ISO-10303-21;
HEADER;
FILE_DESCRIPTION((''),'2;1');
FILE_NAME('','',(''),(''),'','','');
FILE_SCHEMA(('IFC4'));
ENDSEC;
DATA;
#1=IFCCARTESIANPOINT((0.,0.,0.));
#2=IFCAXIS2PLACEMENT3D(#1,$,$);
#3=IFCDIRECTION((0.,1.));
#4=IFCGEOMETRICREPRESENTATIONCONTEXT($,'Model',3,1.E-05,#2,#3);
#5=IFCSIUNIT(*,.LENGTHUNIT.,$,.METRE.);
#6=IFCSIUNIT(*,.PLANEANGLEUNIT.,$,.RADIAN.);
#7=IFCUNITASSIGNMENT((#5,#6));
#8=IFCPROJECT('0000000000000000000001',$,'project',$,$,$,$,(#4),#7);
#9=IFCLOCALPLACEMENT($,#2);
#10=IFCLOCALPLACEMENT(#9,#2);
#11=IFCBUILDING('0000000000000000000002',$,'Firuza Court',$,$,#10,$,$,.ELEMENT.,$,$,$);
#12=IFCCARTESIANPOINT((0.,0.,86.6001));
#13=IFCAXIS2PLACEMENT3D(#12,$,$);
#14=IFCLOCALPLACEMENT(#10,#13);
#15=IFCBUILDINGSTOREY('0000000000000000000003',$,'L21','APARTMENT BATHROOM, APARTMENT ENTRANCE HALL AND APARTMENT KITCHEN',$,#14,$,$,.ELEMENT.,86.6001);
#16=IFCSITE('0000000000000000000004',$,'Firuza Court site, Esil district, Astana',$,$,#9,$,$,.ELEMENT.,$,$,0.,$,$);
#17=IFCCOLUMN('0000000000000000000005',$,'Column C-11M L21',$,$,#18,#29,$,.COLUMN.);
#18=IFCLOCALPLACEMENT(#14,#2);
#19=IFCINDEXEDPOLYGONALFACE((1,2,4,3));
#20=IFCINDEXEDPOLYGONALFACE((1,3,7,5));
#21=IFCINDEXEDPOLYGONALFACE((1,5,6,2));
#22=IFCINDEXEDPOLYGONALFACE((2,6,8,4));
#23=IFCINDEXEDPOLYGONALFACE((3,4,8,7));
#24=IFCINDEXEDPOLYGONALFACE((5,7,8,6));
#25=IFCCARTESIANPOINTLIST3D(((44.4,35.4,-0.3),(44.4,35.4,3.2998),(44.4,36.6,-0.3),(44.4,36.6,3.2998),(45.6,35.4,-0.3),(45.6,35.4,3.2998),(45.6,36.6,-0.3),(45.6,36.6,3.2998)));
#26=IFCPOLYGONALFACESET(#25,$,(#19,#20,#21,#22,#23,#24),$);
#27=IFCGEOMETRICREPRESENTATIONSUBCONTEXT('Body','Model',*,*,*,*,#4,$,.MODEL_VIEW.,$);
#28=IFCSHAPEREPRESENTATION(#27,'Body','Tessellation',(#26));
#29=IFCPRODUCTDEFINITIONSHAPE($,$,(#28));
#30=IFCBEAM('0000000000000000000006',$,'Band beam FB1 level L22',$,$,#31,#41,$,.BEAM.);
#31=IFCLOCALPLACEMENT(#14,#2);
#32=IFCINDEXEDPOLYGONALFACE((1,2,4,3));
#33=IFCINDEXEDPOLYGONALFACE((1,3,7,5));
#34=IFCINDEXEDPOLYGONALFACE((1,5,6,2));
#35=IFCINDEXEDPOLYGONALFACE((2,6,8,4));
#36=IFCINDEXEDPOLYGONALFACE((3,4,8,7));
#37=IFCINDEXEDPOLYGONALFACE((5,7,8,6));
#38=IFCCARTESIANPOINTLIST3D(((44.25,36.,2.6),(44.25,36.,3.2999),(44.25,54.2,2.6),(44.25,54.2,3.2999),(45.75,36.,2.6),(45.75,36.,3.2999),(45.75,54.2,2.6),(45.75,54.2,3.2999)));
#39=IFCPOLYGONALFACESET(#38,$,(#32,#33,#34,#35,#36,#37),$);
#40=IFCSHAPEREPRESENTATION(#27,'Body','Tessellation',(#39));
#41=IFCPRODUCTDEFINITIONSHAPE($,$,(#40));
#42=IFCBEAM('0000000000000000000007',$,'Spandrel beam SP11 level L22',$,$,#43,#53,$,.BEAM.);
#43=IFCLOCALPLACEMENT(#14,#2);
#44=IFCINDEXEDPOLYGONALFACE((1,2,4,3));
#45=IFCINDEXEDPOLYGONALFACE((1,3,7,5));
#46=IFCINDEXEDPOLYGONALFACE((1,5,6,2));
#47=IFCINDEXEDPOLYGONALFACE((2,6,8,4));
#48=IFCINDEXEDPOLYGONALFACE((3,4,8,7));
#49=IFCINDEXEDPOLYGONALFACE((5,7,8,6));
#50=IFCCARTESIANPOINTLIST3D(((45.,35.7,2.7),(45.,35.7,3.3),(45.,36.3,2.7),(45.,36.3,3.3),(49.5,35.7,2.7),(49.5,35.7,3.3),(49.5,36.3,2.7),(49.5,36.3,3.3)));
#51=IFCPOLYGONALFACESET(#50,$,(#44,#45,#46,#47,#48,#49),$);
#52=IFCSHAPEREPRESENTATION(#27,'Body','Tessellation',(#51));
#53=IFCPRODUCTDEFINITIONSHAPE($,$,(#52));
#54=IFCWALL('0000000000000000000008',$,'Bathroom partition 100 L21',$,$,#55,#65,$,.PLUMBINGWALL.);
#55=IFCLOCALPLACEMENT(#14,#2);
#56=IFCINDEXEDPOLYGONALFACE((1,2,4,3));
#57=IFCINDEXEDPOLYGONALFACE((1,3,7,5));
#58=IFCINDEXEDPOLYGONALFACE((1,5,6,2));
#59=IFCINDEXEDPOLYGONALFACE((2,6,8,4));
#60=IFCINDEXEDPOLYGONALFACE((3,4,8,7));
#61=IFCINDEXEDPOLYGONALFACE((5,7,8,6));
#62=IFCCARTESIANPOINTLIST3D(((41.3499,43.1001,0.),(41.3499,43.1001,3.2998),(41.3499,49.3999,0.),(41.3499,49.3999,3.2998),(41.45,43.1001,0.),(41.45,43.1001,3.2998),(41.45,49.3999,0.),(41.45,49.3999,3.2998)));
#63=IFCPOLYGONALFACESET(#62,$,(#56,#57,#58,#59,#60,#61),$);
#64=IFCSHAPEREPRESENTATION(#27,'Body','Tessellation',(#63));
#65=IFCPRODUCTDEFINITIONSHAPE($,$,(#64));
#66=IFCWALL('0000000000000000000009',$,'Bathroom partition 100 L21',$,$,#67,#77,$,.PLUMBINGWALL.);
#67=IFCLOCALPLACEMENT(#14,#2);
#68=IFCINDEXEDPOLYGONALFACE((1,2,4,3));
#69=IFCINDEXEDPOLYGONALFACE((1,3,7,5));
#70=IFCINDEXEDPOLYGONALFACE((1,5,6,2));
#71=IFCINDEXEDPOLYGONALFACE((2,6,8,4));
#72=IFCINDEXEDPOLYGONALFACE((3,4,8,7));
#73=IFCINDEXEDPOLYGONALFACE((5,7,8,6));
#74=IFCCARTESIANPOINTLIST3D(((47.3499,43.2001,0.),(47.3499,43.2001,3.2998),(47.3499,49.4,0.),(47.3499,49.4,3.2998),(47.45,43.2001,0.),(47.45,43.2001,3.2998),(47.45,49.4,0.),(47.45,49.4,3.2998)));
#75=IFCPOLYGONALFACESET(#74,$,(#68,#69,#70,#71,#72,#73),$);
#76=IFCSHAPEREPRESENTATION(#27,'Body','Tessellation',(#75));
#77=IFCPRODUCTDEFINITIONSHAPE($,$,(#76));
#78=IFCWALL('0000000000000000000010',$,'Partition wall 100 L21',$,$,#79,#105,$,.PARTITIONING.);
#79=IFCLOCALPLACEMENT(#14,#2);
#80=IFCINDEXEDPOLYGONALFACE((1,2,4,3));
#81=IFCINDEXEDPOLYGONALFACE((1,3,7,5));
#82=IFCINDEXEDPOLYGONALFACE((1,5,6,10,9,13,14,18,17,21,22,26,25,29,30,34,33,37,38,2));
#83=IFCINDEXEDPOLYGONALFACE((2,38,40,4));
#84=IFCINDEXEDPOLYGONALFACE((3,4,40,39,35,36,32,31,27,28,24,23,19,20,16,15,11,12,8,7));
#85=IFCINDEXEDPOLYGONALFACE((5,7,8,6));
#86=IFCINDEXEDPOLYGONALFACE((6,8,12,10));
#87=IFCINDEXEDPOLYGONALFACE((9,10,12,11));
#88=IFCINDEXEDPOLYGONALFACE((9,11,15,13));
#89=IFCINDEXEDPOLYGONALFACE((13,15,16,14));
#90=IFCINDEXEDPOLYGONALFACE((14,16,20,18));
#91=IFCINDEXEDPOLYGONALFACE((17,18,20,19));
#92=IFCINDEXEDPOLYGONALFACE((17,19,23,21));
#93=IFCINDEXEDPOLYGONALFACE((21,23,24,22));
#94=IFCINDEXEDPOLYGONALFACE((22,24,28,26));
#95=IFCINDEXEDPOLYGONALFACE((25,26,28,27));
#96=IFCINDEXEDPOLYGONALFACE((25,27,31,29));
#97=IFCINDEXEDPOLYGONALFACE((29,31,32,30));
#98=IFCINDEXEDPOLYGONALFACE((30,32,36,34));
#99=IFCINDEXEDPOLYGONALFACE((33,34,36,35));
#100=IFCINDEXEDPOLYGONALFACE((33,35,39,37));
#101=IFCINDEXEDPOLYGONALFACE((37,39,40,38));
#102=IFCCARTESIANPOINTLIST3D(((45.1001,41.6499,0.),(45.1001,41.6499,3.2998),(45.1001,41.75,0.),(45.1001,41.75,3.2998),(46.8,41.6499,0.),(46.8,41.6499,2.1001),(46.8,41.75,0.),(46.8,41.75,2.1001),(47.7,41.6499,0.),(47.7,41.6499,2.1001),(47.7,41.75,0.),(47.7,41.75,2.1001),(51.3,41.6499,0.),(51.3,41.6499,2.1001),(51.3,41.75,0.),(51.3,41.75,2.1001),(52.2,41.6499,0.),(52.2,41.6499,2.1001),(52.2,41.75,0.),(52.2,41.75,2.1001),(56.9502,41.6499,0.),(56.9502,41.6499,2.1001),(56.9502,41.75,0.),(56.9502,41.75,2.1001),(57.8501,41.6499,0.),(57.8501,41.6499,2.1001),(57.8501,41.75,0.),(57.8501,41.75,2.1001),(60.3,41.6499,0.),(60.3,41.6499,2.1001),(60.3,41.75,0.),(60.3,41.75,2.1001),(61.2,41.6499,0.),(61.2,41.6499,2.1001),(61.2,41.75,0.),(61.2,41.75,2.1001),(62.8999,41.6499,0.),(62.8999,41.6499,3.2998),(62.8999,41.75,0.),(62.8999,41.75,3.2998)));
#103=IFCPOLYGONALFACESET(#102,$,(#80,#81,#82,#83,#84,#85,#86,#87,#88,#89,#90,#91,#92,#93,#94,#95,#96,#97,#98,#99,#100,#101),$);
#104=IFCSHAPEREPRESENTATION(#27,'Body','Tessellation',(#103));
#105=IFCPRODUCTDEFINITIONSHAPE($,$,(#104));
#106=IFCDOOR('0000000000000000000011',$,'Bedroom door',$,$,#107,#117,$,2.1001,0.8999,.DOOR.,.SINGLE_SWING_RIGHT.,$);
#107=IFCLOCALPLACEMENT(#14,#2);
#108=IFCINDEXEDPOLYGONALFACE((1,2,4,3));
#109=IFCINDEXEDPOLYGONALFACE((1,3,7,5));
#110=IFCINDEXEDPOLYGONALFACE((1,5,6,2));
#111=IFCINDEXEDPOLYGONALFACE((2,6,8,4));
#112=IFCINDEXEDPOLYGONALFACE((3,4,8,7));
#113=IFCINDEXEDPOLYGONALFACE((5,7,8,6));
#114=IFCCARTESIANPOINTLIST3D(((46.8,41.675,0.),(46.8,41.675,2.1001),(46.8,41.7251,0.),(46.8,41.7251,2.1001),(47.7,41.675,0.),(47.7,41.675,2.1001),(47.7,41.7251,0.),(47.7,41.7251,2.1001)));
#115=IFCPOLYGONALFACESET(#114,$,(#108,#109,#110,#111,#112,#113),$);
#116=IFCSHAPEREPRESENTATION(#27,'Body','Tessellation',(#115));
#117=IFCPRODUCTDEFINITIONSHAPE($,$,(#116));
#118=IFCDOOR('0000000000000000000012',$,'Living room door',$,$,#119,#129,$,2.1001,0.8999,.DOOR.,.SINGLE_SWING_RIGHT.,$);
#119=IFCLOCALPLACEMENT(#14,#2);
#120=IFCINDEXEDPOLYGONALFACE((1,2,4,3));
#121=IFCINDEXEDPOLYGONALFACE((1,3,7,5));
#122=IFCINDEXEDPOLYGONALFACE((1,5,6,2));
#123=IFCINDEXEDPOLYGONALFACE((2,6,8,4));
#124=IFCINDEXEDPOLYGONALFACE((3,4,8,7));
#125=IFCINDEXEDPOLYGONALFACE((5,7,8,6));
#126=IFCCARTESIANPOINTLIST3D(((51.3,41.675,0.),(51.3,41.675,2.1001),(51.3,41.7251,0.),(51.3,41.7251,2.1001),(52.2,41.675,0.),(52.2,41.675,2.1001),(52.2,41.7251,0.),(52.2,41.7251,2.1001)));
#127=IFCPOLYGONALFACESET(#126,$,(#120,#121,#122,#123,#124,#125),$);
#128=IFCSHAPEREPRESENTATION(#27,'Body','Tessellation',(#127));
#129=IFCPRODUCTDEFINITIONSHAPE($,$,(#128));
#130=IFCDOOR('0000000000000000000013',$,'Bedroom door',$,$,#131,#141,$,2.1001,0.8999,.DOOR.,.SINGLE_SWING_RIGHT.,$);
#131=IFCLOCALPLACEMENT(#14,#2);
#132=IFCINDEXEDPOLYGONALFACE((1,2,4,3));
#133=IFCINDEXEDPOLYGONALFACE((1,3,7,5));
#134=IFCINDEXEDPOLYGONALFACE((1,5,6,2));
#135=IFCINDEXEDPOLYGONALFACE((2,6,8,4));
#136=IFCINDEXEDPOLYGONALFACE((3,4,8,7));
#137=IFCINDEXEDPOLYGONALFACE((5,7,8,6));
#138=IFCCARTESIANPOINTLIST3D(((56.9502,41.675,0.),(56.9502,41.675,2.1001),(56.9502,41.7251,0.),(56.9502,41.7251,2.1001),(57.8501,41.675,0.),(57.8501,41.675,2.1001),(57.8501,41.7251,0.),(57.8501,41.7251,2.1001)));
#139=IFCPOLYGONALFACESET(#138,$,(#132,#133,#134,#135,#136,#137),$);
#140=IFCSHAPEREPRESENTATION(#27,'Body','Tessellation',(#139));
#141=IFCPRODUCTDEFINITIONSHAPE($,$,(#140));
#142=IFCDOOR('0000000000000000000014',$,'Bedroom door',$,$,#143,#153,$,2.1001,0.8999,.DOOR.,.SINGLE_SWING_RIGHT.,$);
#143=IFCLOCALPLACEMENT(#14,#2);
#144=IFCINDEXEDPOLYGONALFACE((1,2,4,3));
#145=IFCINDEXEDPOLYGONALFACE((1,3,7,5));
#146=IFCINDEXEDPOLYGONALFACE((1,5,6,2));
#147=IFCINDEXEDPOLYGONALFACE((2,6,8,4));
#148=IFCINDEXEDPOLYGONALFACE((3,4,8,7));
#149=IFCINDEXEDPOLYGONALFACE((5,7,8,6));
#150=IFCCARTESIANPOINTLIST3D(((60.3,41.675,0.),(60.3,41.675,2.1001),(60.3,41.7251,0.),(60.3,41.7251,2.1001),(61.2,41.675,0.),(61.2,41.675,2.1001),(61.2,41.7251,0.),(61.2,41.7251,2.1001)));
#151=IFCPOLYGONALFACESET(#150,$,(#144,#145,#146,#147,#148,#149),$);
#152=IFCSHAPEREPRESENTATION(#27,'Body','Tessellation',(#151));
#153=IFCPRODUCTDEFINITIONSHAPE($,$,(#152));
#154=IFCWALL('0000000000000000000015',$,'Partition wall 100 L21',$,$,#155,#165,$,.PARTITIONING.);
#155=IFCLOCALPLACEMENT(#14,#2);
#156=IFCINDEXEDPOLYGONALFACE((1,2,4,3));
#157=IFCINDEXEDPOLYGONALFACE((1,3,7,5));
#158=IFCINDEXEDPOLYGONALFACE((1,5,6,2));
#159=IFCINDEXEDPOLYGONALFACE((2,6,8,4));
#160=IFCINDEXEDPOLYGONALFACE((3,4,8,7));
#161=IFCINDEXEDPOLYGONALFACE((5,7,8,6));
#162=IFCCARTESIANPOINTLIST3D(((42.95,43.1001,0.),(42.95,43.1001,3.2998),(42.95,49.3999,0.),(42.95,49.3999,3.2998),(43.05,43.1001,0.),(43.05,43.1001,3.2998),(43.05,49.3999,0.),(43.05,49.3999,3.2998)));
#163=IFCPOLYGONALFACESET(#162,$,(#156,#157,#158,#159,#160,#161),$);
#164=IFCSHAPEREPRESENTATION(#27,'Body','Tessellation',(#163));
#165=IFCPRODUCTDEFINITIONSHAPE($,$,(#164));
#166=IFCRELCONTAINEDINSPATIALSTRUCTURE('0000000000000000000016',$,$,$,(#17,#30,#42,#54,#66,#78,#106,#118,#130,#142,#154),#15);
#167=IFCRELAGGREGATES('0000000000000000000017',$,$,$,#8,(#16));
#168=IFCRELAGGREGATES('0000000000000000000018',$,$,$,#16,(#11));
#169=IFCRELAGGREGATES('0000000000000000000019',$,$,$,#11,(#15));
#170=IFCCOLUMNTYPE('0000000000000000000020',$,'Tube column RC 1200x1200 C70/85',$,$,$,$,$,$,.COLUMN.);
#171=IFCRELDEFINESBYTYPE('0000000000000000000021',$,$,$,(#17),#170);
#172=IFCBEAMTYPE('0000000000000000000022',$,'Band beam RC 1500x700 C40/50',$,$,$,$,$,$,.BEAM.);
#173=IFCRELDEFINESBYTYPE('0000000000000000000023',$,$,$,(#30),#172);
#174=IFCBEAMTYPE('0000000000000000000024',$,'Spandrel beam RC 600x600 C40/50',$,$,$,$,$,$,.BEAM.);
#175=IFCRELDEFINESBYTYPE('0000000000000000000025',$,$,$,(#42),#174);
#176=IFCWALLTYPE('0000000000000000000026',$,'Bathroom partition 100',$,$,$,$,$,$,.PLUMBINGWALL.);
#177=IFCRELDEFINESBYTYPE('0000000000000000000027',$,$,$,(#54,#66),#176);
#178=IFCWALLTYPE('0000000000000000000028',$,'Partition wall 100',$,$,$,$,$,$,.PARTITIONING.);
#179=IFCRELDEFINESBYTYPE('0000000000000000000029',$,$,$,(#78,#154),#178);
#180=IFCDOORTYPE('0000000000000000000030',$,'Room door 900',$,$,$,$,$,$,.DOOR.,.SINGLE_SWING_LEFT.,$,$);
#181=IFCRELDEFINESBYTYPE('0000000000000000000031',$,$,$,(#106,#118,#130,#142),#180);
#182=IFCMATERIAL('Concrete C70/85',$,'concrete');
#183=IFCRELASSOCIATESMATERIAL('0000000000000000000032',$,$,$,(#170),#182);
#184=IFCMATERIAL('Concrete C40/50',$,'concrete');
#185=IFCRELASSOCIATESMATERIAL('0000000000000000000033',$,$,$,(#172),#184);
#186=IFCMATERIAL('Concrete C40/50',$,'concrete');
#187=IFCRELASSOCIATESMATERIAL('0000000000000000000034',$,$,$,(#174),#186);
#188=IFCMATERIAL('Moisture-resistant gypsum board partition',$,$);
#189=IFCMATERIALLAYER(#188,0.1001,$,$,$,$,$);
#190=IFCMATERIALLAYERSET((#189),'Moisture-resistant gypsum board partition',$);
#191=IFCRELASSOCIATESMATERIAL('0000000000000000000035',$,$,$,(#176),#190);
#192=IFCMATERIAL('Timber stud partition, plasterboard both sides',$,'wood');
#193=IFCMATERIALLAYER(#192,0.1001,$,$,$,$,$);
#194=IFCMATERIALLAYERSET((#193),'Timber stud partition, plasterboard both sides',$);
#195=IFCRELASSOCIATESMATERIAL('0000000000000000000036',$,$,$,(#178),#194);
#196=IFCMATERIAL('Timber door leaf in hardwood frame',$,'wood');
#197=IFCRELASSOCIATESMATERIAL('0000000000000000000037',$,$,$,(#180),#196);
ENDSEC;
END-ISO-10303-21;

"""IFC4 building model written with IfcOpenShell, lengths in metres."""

from ifc_helpers import new_model, si_unit, direction, frame, frame_2d, origin, origin_2d, place, context, subcontext, project, spatial, rectangle, extrude, material, layer, layer_set, material_profile, profile_set, type_object, element, fill, save


model = new_model("IFC4")

# Units and contexts
model_context = context("Model", 3, precision=1e-05, world=origin(), true_north=direction((0.0, 1.0)))
body_context = subcontext(model_context, "Body", "Model", "MODEL_VIEW")
ifc_project = project(units=[si_unit("LENGTHUNIT", "METRE"), si_unit("PLANEANGLEUNIT", "RADIAN")], contexts=[model_context])

# Site, building, storey
site_placement = place(None, origin())
site = spatial("IfcSite", under=ifc_project, at=site_placement, Name="Firuza Court site, Esil district, Astana", CompositionType="ELEMENT", RefElevation=0.0)
building_placement = place(site_placement, origin())
building = spatial("IfcBuilding", under=site, at=building_placement, Name="Firuza Court", CompositionType="ELEMENT")
storey_placement = place(building_placement, frame((0.0, 0.0, 86.6001)))
storey = spatial("IfcBuildingStorey", under=building, at=storey_placement, Name="L21", Description="APARTMENT BATHROOM, APARTMENT ENTRANCE HALL AND APARTMENT KITCHEN", CompositionType="ELEMENT", Elevation=86.6001)

# Column
ifc_material_1 = material(Name="Concrete C70/85", Category="concrete")
ifc_material_profile_1 = material_profile(ifc_material_1, rectangle(XDim=1.2, YDim=1.2, at=origin_2d()), Name="RC 1200x1200")
ifc_profile_set_1 = profile_set([ifc_material_profile_1], Name="Concrete C70/85")
column_type = type_object("IfcColumnType", Name="Tube column RC 1200x1200 C70/85", PredefinedType="COLUMN", material=ifc_profile_set_1)
column_placement = place(storey_placement, frame((45.0, 36.0, -0.3), z_axis=(0.0, 0.0, 1.0), x_axis=(1.0, 0.0, 0.0)))
element("IfcColumn", 1, at=column_placement, inside=storey, type_object=column_type, Name="Column C-11M L21", PredefinedType="COLUMN", context=body_context, shape_type="SweptSolid", body=[
    extrude(rectangle(XDim=1.2, YDim=1.2, at=origin_2d()), origin(), (0.0, 0.0, 1.0), 3.5999),
])

# Beams
ifc_material_2 = material(Name="Concrete C40/50", Category="concrete")
ifc_material_profile_2 = material_profile(ifc_material_2, rectangle(XDim=1.5, YDim=0.7, at=origin_2d()), Name="RC 1500x700")
ifc_profile_set_2 = profile_set([ifc_material_profile_2], Name="Concrete C40/50")
beam_type_1 = type_object("IfcBeamType", Name="Band beam RC 1500x700 C40/50", PredefinedType="BEAM", material=ifc_profile_set_2)
beam_1_placement = place(storey_placement, frame((45.0, 36.0, 2.95), z_axis=(0.0, 1.0, 0.0), x_axis=(-1.0, 0.0, 0.0)))
element("IfcBeam", 2, at=beam_1_placement, inside=storey, type_object=beam_type_1, Name="Band beam FB1 level L22", PredefinedType="BEAM", context=body_context, shape_type="SweptSolid", body=[
    extrude(rectangle(XDim=1.5, YDim=0.7, at=origin_2d()), origin(), (0.0, 0.0, 1.0), 18.2),
])
ifc_material_3 = material(Name="Concrete C40/50", Category="concrete")
ifc_material_profile_3 = material_profile(ifc_material_3, rectangle(XDim=0.6001, YDim=0.6001, at=origin_2d()), Name="RC 600x600")
ifc_profile_set_3 = profile_set([ifc_material_profile_3], Name="Concrete C40/50")
beam_type_2 = type_object("IfcBeamType", Name="Spandrel beam RC 600x600 C40/50", PredefinedType="BEAM", material=ifc_profile_set_3)
beam_2_placement = place(storey_placement, frame((45.0, 36.0, 3.0), z_axis=(1.0, 0.0, 0.0), x_axis=(0.0, 1.0, 0.0)))
element("IfcBeam", 3, at=beam_2_placement, inside=storey, type_object=beam_type_2, Name="Spandrel beam SP11 level L22", PredefinedType="BEAM", context=body_context, shape_type="SweptSolid", body=[
    extrude(rectangle(XDim=0.6001, YDim=0.6001, at=origin_2d()), origin(), (0.0, 0.0, 1.0), 4.5),
])

# Walls
ifc_material_4 = material(Name="Moisture-resistant gypsum board partition")
ifc_layer_1 = layer(ifc_material_4, 0.1001)
ifc_layer_set_1 = layer_set([ifc_layer_1], Name="Moisture-resistant gypsum board partition")
wall_type_1 = type_object("IfcWallType", Name="Bathroom partition 100", PredefinedType="PLUMBINGWALL", material=ifc_layer_set_1)
wall_1_placement = place(storey_placement, frame((41.3999, 43.1001, 0.0), z_axis=(0.0, 0.0, 1.0), x_axis=(0.0, 1.0, 0.0)))
element("IfcWall", 4, at=wall_1_placement, inside=storey, type_object=wall_type_1, Name="Bathroom partition 100 L21", PredefinedType="PLUMBINGWALL", context=body_context, shape_type="SweptSolid", body=[
    extrude(rectangle(XDim=6.2998, YDim=0.1001, at=frame_2d((3.1499, 0.0))), origin(), (0.0, 0.0, 1.0), 3.2998),
])
wall_2_placement = place(storey_placement, frame((47.3999, 43.2, 0.0), z_axis=(0.0, 0.0, 1.0), x_axis=(0.0, 1.0, 0.0)))
element("IfcWall", 5, at=wall_2_placement, inside=storey, type_object=wall_type_1, Name="Bathroom partition 100 L21", PredefinedType="PLUMBINGWALL", context=body_context, shape_type="SweptSolid", body=[
    extrude(rectangle(XDim=6.2, YDim=0.1001, at=frame_2d((3.1001, 0.0))), origin(), (0.0, 0.0, 1.0), 3.2998),
])

# Wall, openings, doors
ifc_material_5 = material(Name="Timber stud partition, plasterboard both sides", Category="wood")
ifc_layer_2 = layer(ifc_material_5, 0.1001)
ifc_layer_set_2 = layer_set([ifc_layer_2], Name="Timber stud partition, plasterboard both sides")
wall_type_2 = type_object("IfcWallType", Name="Partition wall 100", PredefinedType="PARTITIONING", material=ifc_layer_set_2)
wall_3_placement = place(storey_placement, frame((45.1001, 41.7, 0.0), z_axis=(0.0, 0.0, 1.0), x_axis=(1.0, 0.0, 0.0)))
wall_3 = element("IfcWall", 6, at=wall_3_placement, inside=storey, type_object=wall_type_2, Name="Partition wall 100 L21", PredefinedType="PARTITIONING", context=body_context, shape_type="SweptSolid", body=[
    extrude(rectangle(XDim=17.7998, YDim=0.1001, at=frame_2d((8.8999, 0.0))), origin(), (0.0, 0.0, 1.0), 3.2998),
])
opening_1_placement = place(wall_3_placement, frame((1.7, 0.0, 0.0)))
opening_1 = element("IfcOpeningElement", 7, at=opening_1_placement, cuts=wall_3, PredefinedType="OPENING", context=body_context, shape_type="SweptSolid", body=[
    extrude(rectangle(XDim=0.8999, YDim=2.1001, at=frame_2d((0.45, 1.05))), frame((0.0, 0.062, 0.0), z_axis=(0.0, -1.0, 0.0), x_axis=(1.0, 0.0, 0.0)), (0.0, 0.0, 1.0), 0.124),
])
opening_2_placement = place(wall_3_placement, frame((6.2, 0.0, 0.0)))
opening_2 = element("IfcOpeningElement", 8, at=opening_2_placement, cuts=wall_3, PredefinedType="OPENING", context=body_context, shape_type="SweptSolid", body=[
    extrude(rectangle(XDim=0.8999, YDim=2.1001, at=frame_2d((0.45, 1.05))), frame((0.0, 0.062, 0.0), z_axis=(0.0, -1.0, 0.0), x_axis=(1.0, 0.0, 0.0)), (0.0, 0.0, 1.0), 0.124),
])
opening_3_placement = place(wall_3_placement, frame((11.8501, 0.0, 0.0)))
opening_3 = element("IfcOpeningElement", 9, at=opening_3_placement, cuts=wall_3, PredefinedType="OPENING", context=body_context, shape_type="SweptSolid", body=[
    extrude(rectangle(XDim=0.8999, YDim=2.1001, at=frame_2d((0.45, 1.05))), frame((0.0, 0.062, 0.0), z_axis=(0.0, -1.0, 0.0), x_axis=(1.0, 0.0, 0.0)), (0.0, 0.0, 1.0), 0.124),
])
opening_4_placement = place(wall_3_placement, frame((15.2, 0.0, 0.0)))
opening_4 = element("IfcOpeningElement", 10, at=opening_4_placement, cuts=wall_3, PredefinedType="OPENING", context=body_context, shape_type="SweptSolid", body=[
    extrude(rectangle(XDim=0.8999, YDim=2.1001, at=frame_2d((0.45, 1.05))), frame((0.0, 0.062, 0.0), z_axis=(0.0, -1.0, 0.0), x_axis=(1.0, 0.0, 0.0)), (0.0, 0.0, 1.0), 0.124),
])
ifc_material_6 = material(Name="Timber door leaf in hardwood frame", Category="wood")
door_type_1 = type_object("IfcDoorType", Name="Room door 900", OperationType="SINGLE_SWING_LEFT", PredefinedType="DOOR", material=ifc_material_6)
door_1_placement = place(opening_1_placement, frame((0.8999, 0.0, 0.0), z_axis=(0.0, 0.0, 1.0), x_axis=(-1.0, 0.0, 0.0)))
door_1 = element("IfcDoor", 11, at=door_1_placement, inside=storey, type_object=door_type_1, Name="Bedroom door", OperationType="SINGLE_SWING_RIGHT", OverallHeight=2.1001, OverallWidth=0.8999, PredefinedType="DOOR", context=body_context, shape_type="SweptSolid", body=[
    extrude(rectangle(XDim=0.8999, YDim=2.1001, at=frame_2d((0.45, 1.05))), frame((0.0, 0.0249, 0.0), z_axis=(0.0, -1.0, 0.0), x_axis=(1.0, 0.0, 0.0)), (0.0, 0.0, 1.0), 0.05),
])
fill(opening_1, door_1)
door_2_placement = place(opening_2_placement, frame((0.8999, 0.0, 0.0), z_axis=(0.0, 0.0, 1.0), x_axis=(-1.0, 0.0, 0.0)))
door_2 = element("IfcDoor", 12, at=door_2_placement, inside=storey, type_object=door_type_1, Name="Living room door", OperationType="SINGLE_SWING_RIGHT", OverallHeight=2.1001, OverallWidth=0.8999, PredefinedType="DOOR", context=body_context, shape_type="SweptSolid", body=[
    extrude(rectangle(XDim=0.8999, YDim=2.1001, at=frame_2d((0.45, 1.05))), frame((0.0, 0.0249, 0.0), z_axis=(0.0, -1.0, 0.0), x_axis=(1.0, 0.0, 0.0)), (0.0, 0.0, 1.0), 0.05),
])
fill(opening_2, door_2)
door_3_placement = place(opening_3_placement, frame((0.8999, 0.0, 0.0), z_axis=(0.0, 0.0, 1.0), x_axis=(-1.0, 0.0, 0.0)))
door_3 = element("IfcDoor", 13, at=door_3_placement, inside=storey, type_object=door_type_1, Name="Bedroom door", OperationType="SINGLE_SWING_RIGHT", OverallHeight=2.1001, OverallWidth=0.8999, PredefinedType="DOOR", context=body_context, shape_type="SweptSolid", body=[
    extrude(rectangle(XDim=0.8999, YDim=2.1001, at=frame_2d((0.45, 1.05))), frame((0.0, 0.0249, 0.0), z_axis=(0.0, -1.0, 0.0), x_axis=(1.0, 0.0, 0.0)), (0.0, 0.0, 1.0), 0.05),
])
fill(opening_3, door_3)
door_4_placement = place(opening_4_placement, frame((0.8999, 0.0, 0.0), z_axis=(0.0, 0.0, 1.0), x_axis=(-1.0, 0.0, 0.0)))
door_4 = element("IfcDoor", 14, at=door_4_placement, inside=storey, type_object=door_type_1, Name="Bedroom door", OperationType="SINGLE_SWING_RIGHT", OverallHeight=2.1001, OverallWidth=0.8999, PredefinedType="DOOR", context=body_context, shape_type="SweptSolid", body=[
    extrude(rectangle(XDim=0.8999, YDim=2.1001, at=frame_2d((0.45, 1.05))), frame((0.0, 0.0249, 0.0), z_axis=(0.0, -1.0, 0.0), x_axis=(1.0, 0.0, 0.0)), (0.0, 0.0, 1.0), 0.05),
])
fill(opening_4, door_4)

# Wall
wall_4_placement = place(storey_placement, frame((43.0, 43.1001, 0.0), z_axis=(0.0, 0.0, 1.0), x_axis=(0.0, 1.0, 0.0)))
element("IfcWall", 15, at=wall_4_placement, inside=storey, type_object=wall_type_2, Name="Partition wall 100 L21", PredefinedType="PARTITIONING", context=body_context, shape_type="SweptSolid", body=[
    extrude(rectangle(XDim=6.2998, YDim=0.1001, at=frame_2d((3.1499, 0.0))), origin(), (0.0, 0.0, 1.0), 3.2998),
])

save(model, "model.ifc")
